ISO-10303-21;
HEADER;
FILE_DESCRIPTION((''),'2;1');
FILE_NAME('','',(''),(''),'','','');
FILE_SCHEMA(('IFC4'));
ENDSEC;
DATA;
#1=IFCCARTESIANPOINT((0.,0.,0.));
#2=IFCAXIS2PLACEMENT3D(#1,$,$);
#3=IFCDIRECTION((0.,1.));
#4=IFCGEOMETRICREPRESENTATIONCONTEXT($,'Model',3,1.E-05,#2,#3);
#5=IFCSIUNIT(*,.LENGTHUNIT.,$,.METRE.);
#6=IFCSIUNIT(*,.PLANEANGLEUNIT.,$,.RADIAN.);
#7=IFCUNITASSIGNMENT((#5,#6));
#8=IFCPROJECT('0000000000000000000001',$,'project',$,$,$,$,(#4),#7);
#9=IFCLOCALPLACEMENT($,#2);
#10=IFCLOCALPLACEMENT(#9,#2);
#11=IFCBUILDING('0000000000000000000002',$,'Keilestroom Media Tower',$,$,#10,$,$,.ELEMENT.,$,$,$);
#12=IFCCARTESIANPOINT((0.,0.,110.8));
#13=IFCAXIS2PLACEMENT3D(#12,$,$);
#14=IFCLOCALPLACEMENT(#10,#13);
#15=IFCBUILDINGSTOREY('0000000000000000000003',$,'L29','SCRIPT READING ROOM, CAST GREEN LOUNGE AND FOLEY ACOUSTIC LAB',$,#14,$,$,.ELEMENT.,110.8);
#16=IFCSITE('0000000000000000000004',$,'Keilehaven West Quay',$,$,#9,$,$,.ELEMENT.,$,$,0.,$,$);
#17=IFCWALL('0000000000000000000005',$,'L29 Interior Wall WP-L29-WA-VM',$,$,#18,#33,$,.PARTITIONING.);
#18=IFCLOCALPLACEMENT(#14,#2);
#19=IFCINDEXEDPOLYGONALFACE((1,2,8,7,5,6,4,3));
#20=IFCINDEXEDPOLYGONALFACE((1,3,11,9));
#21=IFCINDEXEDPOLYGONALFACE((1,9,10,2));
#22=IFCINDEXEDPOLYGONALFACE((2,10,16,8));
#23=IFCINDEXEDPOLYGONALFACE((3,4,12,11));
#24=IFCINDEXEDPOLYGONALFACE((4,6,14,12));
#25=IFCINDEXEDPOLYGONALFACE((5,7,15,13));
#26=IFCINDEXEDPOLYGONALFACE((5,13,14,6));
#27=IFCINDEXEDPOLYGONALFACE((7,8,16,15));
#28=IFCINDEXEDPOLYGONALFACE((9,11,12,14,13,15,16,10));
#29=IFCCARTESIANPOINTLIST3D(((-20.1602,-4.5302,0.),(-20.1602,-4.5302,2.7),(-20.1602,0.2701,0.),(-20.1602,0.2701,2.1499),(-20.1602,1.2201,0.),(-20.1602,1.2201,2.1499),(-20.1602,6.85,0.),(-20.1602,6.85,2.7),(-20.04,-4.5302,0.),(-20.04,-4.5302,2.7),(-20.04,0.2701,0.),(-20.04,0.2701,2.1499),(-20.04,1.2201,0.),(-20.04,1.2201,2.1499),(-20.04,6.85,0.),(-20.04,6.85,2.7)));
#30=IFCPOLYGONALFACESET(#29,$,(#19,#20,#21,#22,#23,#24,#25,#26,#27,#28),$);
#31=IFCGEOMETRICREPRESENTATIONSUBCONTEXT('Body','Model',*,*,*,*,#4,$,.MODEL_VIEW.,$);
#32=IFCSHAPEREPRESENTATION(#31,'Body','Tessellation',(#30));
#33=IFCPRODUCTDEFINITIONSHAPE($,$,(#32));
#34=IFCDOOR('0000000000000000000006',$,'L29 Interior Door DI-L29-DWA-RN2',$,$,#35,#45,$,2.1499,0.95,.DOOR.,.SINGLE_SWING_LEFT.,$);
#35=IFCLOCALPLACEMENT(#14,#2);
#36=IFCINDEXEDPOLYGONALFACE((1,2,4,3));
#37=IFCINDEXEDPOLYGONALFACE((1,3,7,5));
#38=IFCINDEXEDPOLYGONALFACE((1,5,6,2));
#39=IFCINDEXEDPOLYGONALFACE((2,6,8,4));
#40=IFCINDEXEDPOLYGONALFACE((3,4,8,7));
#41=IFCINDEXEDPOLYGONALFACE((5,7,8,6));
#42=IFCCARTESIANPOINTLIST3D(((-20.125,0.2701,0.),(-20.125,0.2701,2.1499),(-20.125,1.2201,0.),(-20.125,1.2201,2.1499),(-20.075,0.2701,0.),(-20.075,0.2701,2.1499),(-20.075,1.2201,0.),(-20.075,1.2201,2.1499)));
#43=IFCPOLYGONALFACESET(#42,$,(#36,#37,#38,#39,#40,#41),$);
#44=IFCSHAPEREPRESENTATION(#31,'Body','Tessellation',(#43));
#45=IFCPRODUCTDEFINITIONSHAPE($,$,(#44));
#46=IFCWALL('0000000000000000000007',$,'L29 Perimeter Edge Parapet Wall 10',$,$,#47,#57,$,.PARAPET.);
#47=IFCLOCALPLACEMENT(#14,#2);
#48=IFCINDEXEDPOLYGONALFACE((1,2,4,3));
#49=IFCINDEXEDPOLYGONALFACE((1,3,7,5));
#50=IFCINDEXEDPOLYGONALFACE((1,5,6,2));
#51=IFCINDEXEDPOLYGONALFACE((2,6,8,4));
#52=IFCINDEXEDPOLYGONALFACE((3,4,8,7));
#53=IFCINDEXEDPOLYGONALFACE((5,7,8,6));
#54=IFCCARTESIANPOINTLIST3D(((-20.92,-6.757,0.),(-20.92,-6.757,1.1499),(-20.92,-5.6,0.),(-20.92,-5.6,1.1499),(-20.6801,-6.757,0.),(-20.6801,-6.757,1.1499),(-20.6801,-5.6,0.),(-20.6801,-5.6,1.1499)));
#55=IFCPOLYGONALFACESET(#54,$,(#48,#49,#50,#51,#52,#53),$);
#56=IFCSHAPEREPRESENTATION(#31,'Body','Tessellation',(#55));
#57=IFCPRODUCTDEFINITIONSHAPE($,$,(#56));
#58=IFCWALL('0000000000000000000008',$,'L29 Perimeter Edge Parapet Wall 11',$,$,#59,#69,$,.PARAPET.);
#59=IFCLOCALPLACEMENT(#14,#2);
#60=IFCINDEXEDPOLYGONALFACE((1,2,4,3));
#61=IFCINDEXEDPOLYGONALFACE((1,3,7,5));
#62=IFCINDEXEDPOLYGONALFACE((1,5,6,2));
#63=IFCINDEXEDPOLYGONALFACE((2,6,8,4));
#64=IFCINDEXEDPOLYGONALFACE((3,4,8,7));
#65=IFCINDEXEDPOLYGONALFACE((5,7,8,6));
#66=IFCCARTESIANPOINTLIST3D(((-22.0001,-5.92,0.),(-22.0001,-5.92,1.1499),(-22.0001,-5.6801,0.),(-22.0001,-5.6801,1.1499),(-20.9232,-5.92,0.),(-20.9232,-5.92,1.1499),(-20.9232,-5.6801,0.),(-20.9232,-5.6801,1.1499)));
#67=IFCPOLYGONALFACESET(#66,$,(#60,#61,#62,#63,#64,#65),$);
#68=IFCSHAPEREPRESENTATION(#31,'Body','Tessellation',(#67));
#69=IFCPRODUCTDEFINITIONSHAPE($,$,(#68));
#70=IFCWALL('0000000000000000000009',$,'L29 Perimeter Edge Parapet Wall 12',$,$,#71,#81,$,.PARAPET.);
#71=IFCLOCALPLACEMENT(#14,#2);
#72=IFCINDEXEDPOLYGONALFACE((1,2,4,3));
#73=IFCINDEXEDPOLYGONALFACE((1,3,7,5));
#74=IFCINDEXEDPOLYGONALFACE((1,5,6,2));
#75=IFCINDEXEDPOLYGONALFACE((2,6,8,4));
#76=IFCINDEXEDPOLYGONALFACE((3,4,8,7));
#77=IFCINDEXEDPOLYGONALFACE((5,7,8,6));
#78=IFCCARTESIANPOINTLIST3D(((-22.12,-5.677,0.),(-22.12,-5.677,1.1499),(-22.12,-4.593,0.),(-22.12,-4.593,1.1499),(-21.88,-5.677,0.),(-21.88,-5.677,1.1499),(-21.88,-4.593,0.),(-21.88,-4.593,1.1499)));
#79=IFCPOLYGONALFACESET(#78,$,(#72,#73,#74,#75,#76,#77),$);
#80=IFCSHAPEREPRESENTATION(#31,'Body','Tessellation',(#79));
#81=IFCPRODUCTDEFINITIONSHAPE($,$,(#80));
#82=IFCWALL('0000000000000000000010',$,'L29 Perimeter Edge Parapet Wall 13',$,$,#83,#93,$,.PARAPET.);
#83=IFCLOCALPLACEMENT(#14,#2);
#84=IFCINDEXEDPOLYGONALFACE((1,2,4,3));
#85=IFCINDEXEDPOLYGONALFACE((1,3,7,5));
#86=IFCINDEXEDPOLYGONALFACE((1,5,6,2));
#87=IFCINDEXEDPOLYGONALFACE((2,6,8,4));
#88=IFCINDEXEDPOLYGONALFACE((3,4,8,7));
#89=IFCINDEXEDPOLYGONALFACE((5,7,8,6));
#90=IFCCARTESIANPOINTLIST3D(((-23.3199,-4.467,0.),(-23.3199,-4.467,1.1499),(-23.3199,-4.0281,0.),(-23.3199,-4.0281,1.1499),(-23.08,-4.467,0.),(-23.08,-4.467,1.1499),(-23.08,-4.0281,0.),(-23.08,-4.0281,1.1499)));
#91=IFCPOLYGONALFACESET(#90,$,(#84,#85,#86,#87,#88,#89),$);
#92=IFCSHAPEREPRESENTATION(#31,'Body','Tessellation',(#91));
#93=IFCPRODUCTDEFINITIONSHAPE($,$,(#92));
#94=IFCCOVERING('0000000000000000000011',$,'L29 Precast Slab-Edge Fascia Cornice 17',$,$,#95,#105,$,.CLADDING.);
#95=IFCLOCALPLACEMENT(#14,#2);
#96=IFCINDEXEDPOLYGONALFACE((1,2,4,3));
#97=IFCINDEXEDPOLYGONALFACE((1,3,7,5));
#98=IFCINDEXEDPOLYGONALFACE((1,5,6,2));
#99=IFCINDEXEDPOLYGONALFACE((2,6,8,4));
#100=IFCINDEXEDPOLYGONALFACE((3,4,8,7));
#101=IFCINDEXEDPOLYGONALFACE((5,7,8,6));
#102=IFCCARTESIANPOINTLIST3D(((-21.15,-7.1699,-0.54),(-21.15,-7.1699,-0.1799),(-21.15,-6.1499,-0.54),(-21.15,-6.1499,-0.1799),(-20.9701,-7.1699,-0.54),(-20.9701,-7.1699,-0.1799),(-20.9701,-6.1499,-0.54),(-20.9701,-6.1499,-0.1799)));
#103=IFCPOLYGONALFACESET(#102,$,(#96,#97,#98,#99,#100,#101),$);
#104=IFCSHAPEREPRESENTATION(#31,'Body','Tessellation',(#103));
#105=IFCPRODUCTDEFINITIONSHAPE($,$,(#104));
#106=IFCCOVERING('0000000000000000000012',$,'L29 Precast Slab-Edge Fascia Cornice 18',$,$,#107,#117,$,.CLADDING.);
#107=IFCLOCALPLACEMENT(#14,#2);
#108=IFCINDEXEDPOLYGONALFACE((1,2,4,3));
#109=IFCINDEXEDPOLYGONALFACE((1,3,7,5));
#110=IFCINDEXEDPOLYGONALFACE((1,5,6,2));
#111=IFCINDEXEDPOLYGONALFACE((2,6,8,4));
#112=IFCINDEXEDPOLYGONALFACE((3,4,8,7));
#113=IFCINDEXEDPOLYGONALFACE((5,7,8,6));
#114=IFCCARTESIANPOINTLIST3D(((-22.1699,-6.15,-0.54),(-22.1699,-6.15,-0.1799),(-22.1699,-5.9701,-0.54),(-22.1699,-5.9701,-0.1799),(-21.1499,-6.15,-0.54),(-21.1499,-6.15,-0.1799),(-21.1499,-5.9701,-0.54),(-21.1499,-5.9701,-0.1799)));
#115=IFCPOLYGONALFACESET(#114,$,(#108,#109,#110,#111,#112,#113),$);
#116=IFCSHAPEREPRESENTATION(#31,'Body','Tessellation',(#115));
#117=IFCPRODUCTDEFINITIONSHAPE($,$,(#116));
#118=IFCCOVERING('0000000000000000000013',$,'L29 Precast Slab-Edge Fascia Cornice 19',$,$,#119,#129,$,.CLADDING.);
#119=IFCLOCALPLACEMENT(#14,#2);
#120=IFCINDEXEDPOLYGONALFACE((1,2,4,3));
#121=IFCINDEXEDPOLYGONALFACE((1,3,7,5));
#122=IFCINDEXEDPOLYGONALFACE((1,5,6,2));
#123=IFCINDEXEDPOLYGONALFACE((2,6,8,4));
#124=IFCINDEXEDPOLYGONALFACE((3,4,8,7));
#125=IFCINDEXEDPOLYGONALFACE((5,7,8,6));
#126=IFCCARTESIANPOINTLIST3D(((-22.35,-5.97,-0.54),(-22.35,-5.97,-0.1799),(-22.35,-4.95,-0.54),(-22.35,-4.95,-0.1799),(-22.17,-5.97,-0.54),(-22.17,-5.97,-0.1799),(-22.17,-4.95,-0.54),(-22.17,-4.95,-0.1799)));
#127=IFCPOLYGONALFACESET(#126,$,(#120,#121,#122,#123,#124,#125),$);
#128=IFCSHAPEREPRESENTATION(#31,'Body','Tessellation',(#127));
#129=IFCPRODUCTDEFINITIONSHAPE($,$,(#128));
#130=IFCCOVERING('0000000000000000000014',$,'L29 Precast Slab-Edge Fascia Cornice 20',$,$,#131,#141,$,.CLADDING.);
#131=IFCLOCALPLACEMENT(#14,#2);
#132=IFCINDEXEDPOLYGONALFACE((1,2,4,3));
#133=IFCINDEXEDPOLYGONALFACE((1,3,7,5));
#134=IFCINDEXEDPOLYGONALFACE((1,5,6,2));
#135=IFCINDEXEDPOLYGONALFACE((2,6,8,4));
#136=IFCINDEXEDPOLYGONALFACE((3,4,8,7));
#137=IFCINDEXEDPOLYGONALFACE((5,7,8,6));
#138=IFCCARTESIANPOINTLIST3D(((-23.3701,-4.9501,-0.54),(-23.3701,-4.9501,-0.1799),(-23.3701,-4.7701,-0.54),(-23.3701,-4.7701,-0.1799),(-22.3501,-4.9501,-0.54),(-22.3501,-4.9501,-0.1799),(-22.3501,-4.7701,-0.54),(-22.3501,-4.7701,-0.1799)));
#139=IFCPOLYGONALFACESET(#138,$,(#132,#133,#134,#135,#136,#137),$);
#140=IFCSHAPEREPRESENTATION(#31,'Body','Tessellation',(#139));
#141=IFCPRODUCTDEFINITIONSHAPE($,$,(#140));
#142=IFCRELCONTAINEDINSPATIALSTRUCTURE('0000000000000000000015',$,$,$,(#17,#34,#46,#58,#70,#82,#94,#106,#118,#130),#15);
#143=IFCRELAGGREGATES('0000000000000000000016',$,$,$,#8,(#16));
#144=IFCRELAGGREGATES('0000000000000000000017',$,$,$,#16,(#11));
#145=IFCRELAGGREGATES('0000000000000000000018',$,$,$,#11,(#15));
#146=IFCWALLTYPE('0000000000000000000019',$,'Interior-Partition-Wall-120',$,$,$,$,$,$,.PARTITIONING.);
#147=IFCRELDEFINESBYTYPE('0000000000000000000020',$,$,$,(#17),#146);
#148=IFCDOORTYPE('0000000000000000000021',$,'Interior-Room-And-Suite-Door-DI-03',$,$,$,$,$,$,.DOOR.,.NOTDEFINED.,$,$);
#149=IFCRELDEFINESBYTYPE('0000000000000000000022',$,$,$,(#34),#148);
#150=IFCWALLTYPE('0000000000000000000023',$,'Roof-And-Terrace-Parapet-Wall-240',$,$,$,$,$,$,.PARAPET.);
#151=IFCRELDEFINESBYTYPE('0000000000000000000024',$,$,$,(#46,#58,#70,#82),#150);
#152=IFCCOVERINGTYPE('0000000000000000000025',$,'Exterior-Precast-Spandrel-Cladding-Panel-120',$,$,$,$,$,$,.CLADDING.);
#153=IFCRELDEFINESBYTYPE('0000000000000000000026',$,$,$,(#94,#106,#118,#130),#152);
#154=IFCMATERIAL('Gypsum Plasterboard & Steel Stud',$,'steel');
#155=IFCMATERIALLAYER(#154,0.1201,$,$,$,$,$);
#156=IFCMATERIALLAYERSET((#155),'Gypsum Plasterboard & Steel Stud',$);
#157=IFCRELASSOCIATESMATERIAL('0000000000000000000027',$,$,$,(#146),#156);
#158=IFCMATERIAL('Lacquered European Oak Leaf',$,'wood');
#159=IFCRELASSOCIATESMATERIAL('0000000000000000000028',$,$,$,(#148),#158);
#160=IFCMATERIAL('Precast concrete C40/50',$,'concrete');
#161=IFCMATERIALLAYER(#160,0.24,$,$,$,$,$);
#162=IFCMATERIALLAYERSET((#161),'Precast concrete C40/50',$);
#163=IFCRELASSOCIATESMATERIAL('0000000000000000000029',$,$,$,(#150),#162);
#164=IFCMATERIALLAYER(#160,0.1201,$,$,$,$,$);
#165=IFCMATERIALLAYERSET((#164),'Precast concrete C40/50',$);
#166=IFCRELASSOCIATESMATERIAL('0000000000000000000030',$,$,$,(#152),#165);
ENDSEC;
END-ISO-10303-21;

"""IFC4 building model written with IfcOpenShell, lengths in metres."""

from ifc_helpers import new_model, si_unit, direction, frame, frame_2d, origin, origin_2d, place, context, subcontext, project, spatial, rectangle, extrude, source, transform, mapped, material, layer, layer_set, type_object, element, fill, save


model = new_model("IFC4")

# Units and contexts
model_context = context("Model", 3, precision=1e-05, world=origin(), true_north=direction((0.0, 1.0)))
body_context = subcontext(model_context, "Body", "Model", "MODEL_VIEW")
ifc_project = project(units=[si_unit("LENGTHUNIT", "METRE"), si_unit("PLANEANGLEUNIT", "RADIAN")], contexts=[model_context])

# Site, building, storey
site_placement = place(None, origin())
site = spatial("IfcSite", under=ifc_project, at=site_placement, Name="Keilehaven West Quay", CompositionType="ELEMENT", RefElevation=0.0)
building_placement = place(site_placement, origin())
building = spatial("IfcBuilding", under=site, at=building_placement, Name="Keilestroom Media Tower", CompositionType="ELEMENT")
storey_placement = place(building_placement, frame((0.0, 0.0, 110.8)))
storey = spatial("IfcBuildingStorey", under=building, at=storey_placement, Name="L29", Description="SCRIPT READING ROOM, CAST GREEN LOUNGE AND FOLEY ACOUSTIC LAB", CompositionType="ELEMENT", Elevation=110.8)

# Shared definitions
ifc_material_1 = material(Name="Precast concrete C40/50", Category="concrete")

# Wall, opening, door
ifc_material_2 = material(Name="Gypsum Plasterboard & Steel Stud", Category="steel")
ifc_layer_1 = layer(ifc_material_2, 0.1201)
ifc_layer_set_1 = layer_set([ifc_layer_1], Name="Gypsum Plasterboard & Steel Stud")
wall_type_1 = type_object("IfcWallType", Name="Interior-Partition-Wall-120", PredefinedType="PARTITIONING", material=ifc_layer_set_1)
ifc_material_3 = material(Name="Lacquered European Oak Leaf", Category="wood")
door_type = type_object("IfcDoorType", Name="Interior-Room-And-Suite-Door-DI-03", OperationType="NOTDEFINED", PredefinedType="DOOR", material=ifc_material_3)
shared_shape_1 = source(origin(), body_context, "Body", "SweptSolid", [
    extrude(rectangle(XDim=0.95, YDim=2.1499, at=frame_2d((0.4751, 1.075))), frame((0.0, 0.0249, 0.0), z_axis=(0.0, -1.0, 0.0), x_axis=(1.0, 0.0, 0.0)), (0.0, 0.0, 1.0), 0.05),
])
wall_1_placement = place(storey_placement, frame((-20.1001, -4.53, 0.0), z_axis=(0.0, 0.0, 1.0), x_axis=(0.0, 1.0, 0.0)))
wall_1 = element("IfcWall", 1, at=wall_1_placement, inside=storey, type_object=wall_type_1, Name="L29 Interior Wall WP-L29-WA-VM", PredefinedType="PARTITIONING", context=body_context, shape_type="SweptSolid", body=[
    extrude(rectangle(XDim=11.3801, YDim=0.1201, at=frame_2d((5.6899, 0.0))), origin(), (0.0, 0.0, 1.0), 2.7),
])
opening_1_placement = place(wall_1_placement, frame((4.8, 0.0, 0.0)))
opening_1 = element("IfcOpeningElement", 2, at=opening_1_placement, cuts=wall_1, PredefinedType="OPENING", context=body_context, shape_type="SweptSolid", body=[
    extrude(rectangle(XDim=0.95, YDim=2.1499, at=frame_2d((0.4751, 1.075))), frame((0.0, 0.0701, 0.0), z_axis=(0.0, -1.0, 0.0), x_axis=(1.0, 0.0, 0.0)), (0.0, 0.0, 1.0), 0.1401),
])
door_1_placement = place(opening_1_placement, origin())
door_1 = element("IfcDoor", 3, at=door_1_placement, inside=storey, type_object=door_type, Name="L29 Interior Door DI-L29-DWA-RN2", OperationType="SINGLE_SWING_LEFT", OverallHeight=2.1499, OverallWidth=0.95, PredefinedType="DOOR", context=body_context, shape_type="MappedRepresentation", body=[
    mapped(shared_shape_1, transform((0.0, 0.0, 0.0), x_axis=(1.0, 0.0, 0.0), y_axis=(0.0, 1.0, 0.0), z_axis=(0.0, 0.0, 1.0), scale=1.0)),
])
fill(opening_1, door_1)

# Walls
ifc_layer_2 = layer(ifc_material_1, 0.24)
ifc_layer_set_2 = layer_set([ifc_layer_2], Name="Precast concrete C40/50")
wall_type_2 = type_object("IfcWallType", Name="Roof-And-Terrace-Parapet-Wall-240", PredefinedType="PARAPET", material=ifc_layer_set_2)
wall_2_placement = place(storey_placement, frame((-20.8, -6.7571, 0.0), z_axis=(0.0, 0.0, 1.0), x_axis=(0.0, 1.0, 0.0)))
element("IfcWall", 4, at=wall_2_placement, inside=storey, type_object=wall_type_2, Name="L29 Perimeter Edge Parapet Wall 10", PredefinedType="PARAPET", context=body_context, shape_type="SweptSolid", body=[
    extrude(rectangle(XDim=1.157, YDim=0.24, at=frame_2d((0.5786, 0.0))), origin(), (0.0, 0.0, 1.0), 1.1499),
])
wall_3_placement = place(storey_placement, frame((-20.9231, -5.8, 0.0), z_axis=(0.0, 0.0, 1.0), x_axis=(-1.0, 0.0, 0.0)))
element("IfcWall", 5, at=wall_3_placement, inside=storey, type_object=wall_type_2, Name="L29 Perimeter Edge Parapet Wall 11", PredefinedType="PARAPET", context=body_context, shape_type="SweptSolid", body=[
    extrude(rectangle(XDim=1.0769, YDim=0.24, at=frame_2d((0.5386, 0.0))), origin(), (0.0, 0.0, 1.0), 1.1499),
])
wall_4_placement = place(storey_placement, frame((-22.0, -5.677, 0.0), z_axis=(0.0, 0.0, 1.0), x_axis=(0.0, 1.0, 0.0)))
element("IfcWall", 6, at=wall_4_placement, inside=storey, type_object=wall_type_2, Name="L29 Perimeter Edge Parapet Wall 12", PredefinedType="PARAPET", context=body_context, shape_type="SweptSolid", body=[
    extrude(rectangle(XDim=1.084, YDim=0.24, at=frame_2d((0.542, 0.0))), origin(), (0.0, 0.0, 1.0), 1.1499),
])
wall_5_placement = place(storey_placement, frame((-23.2, -4.467, 0.0), z_axis=(0.0, 0.0, 1.0), x_axis=(0.0, 1.0, 0.0)))
element("IfcWall", 7, at=wall_5_placement, inside=storey, type_object=wall_type_2, Name="L29 Perimeter Edge Parapet Wall 13", PredefinedType="PARAPET", context=body_context, shape_type="SweptSolid", body=[
    extrude(rectangle(XDim=0.439, YDim=0.24, at=frame_2d((0.2195, 0.0))), origin(), (0.0, 0.0, 1.0), 1.1499),
])

# Coverings
ifc_layer_3 = layer(ifc_material_1, 0.1201)
ifc_layer_set_3 = layer_set([ifc_layer_3], Name="Precast concrete C40/50")
covering_type = type_object("IfcCoveringType", Name="Exterior-Precast-Spandrel-Cladding-Panel-120", PredefinedType="CLADDING", material=ifc_layer_set_3)
shared_shape_2 = source(origin(), body_context, "Body", "SweptSolid", [
    extrude(rectangle(XDim=1.02, YDim=0.1799, at=origin_2d()), origin(), (0.0, 0.0, 1.0), 0.3601),
])
for number, where, z_axis, x_axis, name in (
    (8, (-21.0601, -6.6599, -0.54), (0.0, 0.0, 1.0), (0.0, 1.0, 0.0), "L29 Precast Slab-Edge Fascia Cornice 17"),
    (9, (-21.6599, -6.0601, -0.54), (0.0, 0.0, 1.0), (-1.0, 0.0, 0.0), "L29 Precast Slab-Edge Fascia Cornice 18"),
    (10, (-22.26, -5.46, -0.54), (0.0, 0.0, 1.0), (0.0, 1.0, 0.0), "L29 Precast Slab-Edge Fascia Cornice 19"),
    (11, (-22.8601, -4.8601, -0.54), (0.0, 0.0, 1.0), (-1.0, 0.0, 0.0), "L29 Precast Slab-Edge Fascia Cornice 20"),
):
    element("IfcCovering", number, at=place(storey_placement, frame(where, z_axis=z_axis, x_axis=x_axis)), inside=storey, type_object=covering_type, Name=name, PredefinedType="CLADDING", context=body_context, shape_type="MappedRepresentation", body=[
        mapped(shared_shape_2, transform((0.0, 0.0, 0.0), x_axis=(1.0, 0.0, 0.0), y_axis=(0.0, 1.0, 0.0), z_axis=(0.0, 0.0, 1.0), scale=1.0)),
    ])

save(model, "model.ifc")
